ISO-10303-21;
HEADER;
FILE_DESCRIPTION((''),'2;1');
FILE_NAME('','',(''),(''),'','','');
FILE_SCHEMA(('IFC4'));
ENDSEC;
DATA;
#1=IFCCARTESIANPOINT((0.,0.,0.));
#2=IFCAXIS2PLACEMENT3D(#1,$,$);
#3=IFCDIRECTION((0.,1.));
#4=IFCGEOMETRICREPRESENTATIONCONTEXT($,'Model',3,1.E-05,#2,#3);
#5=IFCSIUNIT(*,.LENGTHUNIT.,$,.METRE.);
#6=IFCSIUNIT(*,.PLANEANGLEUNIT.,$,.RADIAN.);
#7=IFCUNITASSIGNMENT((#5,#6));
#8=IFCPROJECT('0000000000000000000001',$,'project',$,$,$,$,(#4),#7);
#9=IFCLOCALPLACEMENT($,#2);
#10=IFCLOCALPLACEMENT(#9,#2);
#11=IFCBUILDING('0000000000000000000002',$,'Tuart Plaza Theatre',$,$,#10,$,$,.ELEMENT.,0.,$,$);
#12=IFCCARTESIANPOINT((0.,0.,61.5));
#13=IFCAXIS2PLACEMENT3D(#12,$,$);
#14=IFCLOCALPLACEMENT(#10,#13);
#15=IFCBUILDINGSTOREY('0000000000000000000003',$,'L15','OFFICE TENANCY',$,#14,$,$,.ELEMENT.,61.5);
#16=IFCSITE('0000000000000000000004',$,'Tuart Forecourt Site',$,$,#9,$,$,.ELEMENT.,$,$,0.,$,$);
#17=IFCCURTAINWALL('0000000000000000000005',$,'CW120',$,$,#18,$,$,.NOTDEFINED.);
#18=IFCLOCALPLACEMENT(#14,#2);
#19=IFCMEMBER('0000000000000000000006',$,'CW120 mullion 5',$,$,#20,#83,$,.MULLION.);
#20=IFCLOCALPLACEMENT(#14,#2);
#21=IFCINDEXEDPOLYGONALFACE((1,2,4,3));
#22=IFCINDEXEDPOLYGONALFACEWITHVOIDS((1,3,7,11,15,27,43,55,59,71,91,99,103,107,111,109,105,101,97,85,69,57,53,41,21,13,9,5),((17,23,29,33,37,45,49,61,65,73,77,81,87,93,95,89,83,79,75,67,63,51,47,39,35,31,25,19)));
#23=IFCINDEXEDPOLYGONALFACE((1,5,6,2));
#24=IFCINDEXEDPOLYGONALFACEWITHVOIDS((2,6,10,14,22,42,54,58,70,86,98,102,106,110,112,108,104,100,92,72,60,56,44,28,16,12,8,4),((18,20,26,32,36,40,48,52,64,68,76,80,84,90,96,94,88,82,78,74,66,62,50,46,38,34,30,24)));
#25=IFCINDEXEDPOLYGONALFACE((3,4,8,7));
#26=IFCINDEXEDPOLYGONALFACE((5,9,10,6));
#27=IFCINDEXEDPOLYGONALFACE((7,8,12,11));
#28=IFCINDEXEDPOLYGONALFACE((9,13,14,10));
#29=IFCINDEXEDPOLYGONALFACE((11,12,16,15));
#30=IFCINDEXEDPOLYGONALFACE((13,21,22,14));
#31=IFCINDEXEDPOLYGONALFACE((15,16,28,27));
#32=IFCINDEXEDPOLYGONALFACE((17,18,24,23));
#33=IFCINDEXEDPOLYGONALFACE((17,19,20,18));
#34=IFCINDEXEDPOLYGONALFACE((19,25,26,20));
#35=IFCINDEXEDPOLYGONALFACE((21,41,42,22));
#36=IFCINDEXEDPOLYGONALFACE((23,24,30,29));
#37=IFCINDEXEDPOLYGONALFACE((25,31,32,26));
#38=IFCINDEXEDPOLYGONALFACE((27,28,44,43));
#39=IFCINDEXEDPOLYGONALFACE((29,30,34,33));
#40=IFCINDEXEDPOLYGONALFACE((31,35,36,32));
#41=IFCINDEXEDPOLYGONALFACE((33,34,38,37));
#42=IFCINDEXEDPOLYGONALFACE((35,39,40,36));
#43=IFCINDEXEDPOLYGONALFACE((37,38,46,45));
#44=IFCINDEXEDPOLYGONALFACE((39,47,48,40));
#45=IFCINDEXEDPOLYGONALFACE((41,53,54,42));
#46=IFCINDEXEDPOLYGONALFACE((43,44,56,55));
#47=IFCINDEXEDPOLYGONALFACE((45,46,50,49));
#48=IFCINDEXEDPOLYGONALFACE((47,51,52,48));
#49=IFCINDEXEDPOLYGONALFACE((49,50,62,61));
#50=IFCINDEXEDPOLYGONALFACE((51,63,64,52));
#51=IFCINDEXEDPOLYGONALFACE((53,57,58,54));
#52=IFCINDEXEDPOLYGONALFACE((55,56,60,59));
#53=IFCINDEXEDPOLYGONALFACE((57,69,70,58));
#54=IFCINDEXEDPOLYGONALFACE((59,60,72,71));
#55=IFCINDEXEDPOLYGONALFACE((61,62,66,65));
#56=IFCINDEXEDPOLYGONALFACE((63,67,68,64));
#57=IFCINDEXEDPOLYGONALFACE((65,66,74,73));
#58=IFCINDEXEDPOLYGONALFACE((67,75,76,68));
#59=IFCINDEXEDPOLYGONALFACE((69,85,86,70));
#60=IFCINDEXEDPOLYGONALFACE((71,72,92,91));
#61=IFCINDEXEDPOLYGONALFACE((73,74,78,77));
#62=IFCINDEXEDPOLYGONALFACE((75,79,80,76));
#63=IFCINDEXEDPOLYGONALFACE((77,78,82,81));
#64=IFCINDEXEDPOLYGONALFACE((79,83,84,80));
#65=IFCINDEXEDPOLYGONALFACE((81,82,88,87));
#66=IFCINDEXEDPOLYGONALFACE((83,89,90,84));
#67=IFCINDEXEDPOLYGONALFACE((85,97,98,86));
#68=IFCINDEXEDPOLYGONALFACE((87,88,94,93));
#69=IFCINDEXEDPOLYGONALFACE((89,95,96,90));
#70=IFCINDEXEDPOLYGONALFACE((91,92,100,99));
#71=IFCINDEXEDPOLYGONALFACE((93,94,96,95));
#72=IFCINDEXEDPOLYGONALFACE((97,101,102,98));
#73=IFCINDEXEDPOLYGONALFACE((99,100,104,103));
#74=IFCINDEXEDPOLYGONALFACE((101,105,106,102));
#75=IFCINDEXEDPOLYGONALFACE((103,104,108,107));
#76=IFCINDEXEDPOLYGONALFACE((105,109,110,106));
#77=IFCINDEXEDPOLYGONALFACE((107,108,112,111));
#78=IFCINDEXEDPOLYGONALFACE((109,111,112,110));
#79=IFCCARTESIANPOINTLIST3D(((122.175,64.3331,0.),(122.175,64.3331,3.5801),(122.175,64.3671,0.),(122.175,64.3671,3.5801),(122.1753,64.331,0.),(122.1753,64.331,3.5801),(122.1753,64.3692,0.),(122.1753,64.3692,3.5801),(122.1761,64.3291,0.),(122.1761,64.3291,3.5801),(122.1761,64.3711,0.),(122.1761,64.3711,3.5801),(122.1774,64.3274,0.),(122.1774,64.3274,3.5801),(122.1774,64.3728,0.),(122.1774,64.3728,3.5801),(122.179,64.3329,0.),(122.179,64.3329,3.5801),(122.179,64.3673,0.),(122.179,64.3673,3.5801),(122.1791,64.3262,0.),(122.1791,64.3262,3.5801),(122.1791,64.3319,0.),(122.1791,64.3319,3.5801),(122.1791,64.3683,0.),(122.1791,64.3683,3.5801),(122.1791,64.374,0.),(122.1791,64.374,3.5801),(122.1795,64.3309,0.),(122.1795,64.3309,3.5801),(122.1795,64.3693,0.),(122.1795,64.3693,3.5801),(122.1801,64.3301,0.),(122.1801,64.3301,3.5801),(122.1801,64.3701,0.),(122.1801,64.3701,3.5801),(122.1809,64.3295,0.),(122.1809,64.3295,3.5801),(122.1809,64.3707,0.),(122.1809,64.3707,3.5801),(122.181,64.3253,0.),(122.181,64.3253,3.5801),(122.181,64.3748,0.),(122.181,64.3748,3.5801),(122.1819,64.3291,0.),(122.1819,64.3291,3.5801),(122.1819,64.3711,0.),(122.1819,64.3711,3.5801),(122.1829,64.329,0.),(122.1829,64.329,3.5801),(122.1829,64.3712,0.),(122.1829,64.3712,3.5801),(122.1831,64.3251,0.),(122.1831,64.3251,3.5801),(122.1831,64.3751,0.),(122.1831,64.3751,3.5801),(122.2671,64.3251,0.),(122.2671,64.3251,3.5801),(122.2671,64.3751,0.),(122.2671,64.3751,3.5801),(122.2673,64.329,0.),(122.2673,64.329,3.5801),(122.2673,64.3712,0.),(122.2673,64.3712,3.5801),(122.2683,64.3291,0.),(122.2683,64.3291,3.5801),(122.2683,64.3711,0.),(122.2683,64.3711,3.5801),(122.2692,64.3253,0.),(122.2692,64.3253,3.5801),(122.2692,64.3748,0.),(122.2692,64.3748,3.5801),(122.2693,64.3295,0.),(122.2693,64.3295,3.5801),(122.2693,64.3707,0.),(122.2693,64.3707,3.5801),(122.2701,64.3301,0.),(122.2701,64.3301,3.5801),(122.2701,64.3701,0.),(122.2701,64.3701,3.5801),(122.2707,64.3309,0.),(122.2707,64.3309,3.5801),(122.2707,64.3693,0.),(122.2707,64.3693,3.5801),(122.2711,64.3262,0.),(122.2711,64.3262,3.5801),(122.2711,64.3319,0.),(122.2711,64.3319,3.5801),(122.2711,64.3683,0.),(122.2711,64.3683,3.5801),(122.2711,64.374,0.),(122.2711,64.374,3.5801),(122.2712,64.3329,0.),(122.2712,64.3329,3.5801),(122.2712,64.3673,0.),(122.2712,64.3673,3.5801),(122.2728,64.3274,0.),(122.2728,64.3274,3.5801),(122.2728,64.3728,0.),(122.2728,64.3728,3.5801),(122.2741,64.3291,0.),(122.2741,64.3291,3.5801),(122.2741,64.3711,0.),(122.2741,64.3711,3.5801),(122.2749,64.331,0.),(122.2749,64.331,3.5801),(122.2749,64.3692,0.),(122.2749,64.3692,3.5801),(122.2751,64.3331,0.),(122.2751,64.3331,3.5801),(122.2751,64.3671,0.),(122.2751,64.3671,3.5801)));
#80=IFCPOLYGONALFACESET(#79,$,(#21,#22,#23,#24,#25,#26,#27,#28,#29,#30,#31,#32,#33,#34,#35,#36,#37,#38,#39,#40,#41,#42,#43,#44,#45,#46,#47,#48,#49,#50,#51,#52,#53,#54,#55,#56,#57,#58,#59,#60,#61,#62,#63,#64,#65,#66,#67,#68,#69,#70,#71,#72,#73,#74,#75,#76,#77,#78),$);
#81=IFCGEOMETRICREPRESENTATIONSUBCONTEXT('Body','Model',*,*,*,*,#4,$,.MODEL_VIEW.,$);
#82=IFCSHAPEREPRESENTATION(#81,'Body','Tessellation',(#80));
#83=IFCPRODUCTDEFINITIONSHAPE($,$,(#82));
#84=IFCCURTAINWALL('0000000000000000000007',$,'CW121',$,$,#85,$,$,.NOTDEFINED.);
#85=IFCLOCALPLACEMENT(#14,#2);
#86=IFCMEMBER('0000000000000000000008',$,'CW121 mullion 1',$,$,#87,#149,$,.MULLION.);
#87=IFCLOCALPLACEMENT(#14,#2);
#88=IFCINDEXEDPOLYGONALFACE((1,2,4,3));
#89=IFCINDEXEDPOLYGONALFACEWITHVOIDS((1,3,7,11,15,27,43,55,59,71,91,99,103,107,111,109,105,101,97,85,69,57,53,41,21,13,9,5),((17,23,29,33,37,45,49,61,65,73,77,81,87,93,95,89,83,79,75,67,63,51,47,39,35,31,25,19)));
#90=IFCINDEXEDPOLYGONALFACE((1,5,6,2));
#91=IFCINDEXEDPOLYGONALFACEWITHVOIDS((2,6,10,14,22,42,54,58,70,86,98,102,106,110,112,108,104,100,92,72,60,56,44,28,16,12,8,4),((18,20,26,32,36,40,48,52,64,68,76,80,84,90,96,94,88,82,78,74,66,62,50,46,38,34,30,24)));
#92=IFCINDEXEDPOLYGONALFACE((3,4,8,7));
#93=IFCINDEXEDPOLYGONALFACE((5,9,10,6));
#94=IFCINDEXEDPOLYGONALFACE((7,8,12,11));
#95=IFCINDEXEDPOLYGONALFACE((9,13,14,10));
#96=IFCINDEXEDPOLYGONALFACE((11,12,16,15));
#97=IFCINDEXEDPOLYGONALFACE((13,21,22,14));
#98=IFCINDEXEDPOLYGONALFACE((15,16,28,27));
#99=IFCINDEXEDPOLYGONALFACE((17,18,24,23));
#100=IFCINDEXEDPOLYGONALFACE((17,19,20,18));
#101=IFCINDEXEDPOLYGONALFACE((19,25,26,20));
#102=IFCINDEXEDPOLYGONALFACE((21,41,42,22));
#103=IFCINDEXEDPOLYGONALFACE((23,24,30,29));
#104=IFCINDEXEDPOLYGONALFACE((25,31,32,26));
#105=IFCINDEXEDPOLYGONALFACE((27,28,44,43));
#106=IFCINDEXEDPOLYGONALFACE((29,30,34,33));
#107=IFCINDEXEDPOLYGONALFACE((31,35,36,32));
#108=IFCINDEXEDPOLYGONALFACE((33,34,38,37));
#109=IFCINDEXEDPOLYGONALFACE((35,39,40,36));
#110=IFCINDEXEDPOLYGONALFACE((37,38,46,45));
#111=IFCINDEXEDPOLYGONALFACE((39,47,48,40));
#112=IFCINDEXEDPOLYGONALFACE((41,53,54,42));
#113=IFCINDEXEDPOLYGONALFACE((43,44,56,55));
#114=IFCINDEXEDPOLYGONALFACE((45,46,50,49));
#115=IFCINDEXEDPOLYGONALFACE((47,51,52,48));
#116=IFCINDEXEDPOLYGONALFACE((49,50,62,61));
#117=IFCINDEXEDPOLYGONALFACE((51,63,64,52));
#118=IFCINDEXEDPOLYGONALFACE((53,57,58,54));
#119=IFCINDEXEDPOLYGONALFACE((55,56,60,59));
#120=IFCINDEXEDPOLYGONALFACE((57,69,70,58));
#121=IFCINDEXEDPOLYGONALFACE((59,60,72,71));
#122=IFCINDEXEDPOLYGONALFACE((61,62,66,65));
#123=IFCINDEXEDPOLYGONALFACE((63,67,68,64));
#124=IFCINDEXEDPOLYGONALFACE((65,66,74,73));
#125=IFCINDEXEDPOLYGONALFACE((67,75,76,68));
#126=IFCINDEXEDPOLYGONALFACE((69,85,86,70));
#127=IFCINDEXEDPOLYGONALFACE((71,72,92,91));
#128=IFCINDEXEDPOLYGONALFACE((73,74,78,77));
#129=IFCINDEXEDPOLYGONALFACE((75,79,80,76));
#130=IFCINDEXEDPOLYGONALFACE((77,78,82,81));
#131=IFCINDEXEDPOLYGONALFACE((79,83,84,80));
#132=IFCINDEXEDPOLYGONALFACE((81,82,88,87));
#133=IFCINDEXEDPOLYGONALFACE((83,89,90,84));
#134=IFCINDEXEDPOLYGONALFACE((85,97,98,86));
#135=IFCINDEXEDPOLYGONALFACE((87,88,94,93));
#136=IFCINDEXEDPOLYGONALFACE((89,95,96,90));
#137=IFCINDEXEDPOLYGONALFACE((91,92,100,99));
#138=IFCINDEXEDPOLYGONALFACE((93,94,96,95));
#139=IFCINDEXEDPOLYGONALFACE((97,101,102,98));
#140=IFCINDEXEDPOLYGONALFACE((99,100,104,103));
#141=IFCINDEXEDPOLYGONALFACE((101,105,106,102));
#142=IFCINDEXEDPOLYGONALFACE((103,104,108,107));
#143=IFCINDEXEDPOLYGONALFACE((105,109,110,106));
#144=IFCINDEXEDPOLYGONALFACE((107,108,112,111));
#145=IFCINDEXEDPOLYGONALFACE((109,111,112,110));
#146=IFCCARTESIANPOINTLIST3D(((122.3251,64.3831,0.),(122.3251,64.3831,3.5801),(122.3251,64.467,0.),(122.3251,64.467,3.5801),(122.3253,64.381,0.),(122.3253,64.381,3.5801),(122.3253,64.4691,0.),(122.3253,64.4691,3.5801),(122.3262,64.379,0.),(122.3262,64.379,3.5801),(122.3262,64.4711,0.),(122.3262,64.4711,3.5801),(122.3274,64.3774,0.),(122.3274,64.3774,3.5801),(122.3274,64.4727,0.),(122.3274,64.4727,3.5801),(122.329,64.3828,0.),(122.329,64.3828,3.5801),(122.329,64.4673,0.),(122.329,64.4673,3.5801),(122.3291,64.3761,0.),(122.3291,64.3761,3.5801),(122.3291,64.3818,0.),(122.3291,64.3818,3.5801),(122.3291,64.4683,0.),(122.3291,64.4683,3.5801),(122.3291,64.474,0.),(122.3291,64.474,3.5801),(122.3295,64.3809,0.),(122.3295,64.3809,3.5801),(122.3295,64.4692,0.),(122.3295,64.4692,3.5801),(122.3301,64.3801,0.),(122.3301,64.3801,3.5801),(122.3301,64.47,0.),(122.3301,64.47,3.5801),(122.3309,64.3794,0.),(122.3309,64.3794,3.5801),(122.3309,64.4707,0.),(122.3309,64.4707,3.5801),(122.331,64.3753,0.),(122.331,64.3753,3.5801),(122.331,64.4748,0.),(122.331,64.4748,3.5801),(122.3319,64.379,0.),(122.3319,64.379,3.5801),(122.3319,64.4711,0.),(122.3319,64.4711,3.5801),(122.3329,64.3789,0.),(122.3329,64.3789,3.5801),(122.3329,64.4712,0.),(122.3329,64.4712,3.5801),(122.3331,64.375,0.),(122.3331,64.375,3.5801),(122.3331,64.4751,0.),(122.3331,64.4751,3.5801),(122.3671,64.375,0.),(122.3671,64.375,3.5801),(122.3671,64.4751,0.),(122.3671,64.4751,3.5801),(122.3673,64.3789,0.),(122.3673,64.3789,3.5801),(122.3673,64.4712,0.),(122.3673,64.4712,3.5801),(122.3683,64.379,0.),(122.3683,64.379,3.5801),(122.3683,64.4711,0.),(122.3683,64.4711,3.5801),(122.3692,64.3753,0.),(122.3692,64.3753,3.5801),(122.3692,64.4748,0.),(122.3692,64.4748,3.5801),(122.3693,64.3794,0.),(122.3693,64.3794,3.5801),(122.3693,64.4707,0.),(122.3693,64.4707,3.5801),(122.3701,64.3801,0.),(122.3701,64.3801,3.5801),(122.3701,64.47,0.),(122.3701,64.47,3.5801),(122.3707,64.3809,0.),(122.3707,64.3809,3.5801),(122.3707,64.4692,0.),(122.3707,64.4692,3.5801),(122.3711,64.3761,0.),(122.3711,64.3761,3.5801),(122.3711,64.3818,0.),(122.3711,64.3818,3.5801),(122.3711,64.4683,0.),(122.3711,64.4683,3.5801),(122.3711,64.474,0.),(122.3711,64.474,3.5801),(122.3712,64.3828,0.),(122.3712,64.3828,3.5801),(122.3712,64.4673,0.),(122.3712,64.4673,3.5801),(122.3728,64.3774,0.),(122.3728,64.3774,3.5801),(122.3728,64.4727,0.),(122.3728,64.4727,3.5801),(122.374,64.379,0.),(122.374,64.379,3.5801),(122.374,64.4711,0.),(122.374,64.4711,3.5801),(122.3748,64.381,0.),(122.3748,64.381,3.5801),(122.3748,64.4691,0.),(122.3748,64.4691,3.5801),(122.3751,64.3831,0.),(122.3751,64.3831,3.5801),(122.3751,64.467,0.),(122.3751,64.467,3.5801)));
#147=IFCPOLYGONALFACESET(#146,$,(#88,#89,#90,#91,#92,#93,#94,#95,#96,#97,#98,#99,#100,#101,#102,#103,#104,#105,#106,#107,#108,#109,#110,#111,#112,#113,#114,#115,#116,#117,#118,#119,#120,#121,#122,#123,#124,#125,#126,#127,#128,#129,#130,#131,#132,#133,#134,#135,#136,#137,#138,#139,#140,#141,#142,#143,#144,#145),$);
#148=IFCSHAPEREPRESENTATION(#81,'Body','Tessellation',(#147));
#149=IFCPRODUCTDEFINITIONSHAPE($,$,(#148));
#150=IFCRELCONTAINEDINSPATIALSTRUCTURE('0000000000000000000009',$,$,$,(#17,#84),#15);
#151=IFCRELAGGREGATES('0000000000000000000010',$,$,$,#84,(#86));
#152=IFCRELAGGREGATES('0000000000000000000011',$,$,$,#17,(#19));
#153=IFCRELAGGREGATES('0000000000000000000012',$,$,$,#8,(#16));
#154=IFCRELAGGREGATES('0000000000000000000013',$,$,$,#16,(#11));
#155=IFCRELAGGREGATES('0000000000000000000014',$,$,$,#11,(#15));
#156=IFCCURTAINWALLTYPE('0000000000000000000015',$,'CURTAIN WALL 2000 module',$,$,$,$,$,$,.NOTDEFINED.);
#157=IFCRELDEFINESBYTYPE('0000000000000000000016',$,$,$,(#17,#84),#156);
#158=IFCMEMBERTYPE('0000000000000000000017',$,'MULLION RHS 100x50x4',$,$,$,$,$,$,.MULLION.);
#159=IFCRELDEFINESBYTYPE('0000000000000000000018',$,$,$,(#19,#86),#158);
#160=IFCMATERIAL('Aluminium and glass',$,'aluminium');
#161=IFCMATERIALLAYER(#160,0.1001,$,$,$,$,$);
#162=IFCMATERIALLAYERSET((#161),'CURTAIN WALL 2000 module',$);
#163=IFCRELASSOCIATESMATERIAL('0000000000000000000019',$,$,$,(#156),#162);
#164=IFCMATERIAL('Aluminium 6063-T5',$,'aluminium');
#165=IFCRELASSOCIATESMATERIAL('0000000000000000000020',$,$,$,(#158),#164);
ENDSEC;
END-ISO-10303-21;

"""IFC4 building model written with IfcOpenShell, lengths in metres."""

from ifc_helpers import new_model, si_unit, direction, frame, origin, origin_2d, place, context, subcontext, project, spatial, hollow_rectangle, extrude, material, layer, layer_set, material_profile, profile_set, type_object, element, aggregate, save


model = new_model("IFC4")

# Units and contexts
model_context = context("Model", 3, precision=1e-05, world=origin(), true_north=direction((0.0, 1.0)))
body_context = subcontext(model_context, "Body", "Model", "MODEL_VIEW")
ifc_project = project(units=[si_unit("LENGTHUNIT", "METRE"), si_unit("PLANEANGLEUNIT", "RADIAN")], contexts=[model_context])

# Site, building, storey
site_placement = place(None, origin())
site = spatial("IfcSite", under=ifc_project, at=site_placement, Name="Tuart Forecourt Site", CompositionType="ELEMENT", RefElevation=0.0)
building_placement = place(site_placement, origin())
building = spatial("IfcBuilding", under=site, at=building_placement, Name="Tuart Plaza Theatre", CompositionType="ELEMENT", ElevationOfRefHeight=0.0)
storey_placement = place(building_placement, frame((0.0, 0.0, 61.5)))
storey = spatial("IfcBuildingStorey", under=building, at=storey_placement, Name="L15", Description="OFFICE TENANCY", CompositionType="ELEMENT", Elevation=61.5)

# Curtain wall, member
ifc_material_1 = material(Name="Aluminium and glass", Category="aluminium")
ifc_layer_1 = layer(ifc_material_1, 0.1001)
ifc_layer_set_1 = layer_set([ifc_layer_1], Name="CURTAIN WALL 2000 module")
curtain_wall_type = type_object("IfcCurtainWallType", Name="CURTAIN WALL 2000 module", PredefinedType="NOTDEFINED", material=ifc_layer_set_1)
curtain_wall_1_placement = place(storey_placement, origin())
curtain_wall_1 = element("IfcCurtainWall", 1, at=curtain_wall_1_placement, inside=storey, type_object=curtain_wall_type, Name="CW120", PredefinedType="NOTDEFINED")
ifc_material_2 = material(Name="Aluminium 6063-T5", Category="aluminium")
ifc_material_profile_1 = material_profile(ifc_material_2, hollow_rectangle(XDim=0.05, YDim=0.1001, WallThickness=0.0039, InnerFilletRadius=0.0039, OuterFilletRadius=0.0081, at=origin_2d()), Name="RHS 100x50x4")
ifc_profile_set_1 = profile_set([ifc_material_profile_1], Name="Aluminium 6063-T5")
member_type_1 = type_object("IfcMemberType", Name="MULLION RHS 100x50x4", PredefinedType="MULLION", material=ifc_profile_set_1)
member_1_placement = place(storey_placement, frame((122.2251, 64.3501, 0.0), z_axis=(0.0, 0.0, 1.0), x_axis=(0.0, 1.0, 0.0)))
member_1 = element("IfcMember", 2, at=member_1_placement, type_object=member_type_1, Name="CW120 mullion 5", PredefinedType="MULLION", context=body_context, shape_type="SweptSolid", body=[
    extrude(hollow_rectangle(XDim=0.05, YDim=0.1001, WallThickness=0.0039, InnerFilletRadius=0.0039, OuterFilletRadius=0.0081, at=origin_2d()), origin(), (0.0, 0.0, 1.0), 3.5801),
])

# Curtain wall, member
curtain_wall_2_placement = place(storey_placement, origin())
curtain_wall_2 = element("IfcCurtainWall", 3, at=curtain_wall_2_placement, inside=storey, type_object=curtain_wall_type, Name="CW121", PredefinedType="NOTDEFINED")
member_2_placement = place(storey_placement, frame((122.3501, 64.425, 0.0), z_axis=(0.0, 0.0, 1.0), x_axis=(1.0, 0.0, 0.0)))
member_2 = element("IfcMember", 4, at=member_2_placement, type_object=member_type_1, Name="CW121 mullion 1", PredefinedType="MULLION", context=body_context, shape_type="SweptSolid", body=[
    extrude(hollow_rectangle(XDim=0.05, YDim=0.1001, WallThickness=0.0039, InnerFilletRadius=0.0039, OuterFilletRadius=0.0081, at=origin_2d()), origin(), (0.0, 0.0, 1.0), 3.5801),
])

aggregate(curtain_wall_2, [member_2])

aggregate(curtain_wall_1, [member_1])

save(model, "model.ifc")
